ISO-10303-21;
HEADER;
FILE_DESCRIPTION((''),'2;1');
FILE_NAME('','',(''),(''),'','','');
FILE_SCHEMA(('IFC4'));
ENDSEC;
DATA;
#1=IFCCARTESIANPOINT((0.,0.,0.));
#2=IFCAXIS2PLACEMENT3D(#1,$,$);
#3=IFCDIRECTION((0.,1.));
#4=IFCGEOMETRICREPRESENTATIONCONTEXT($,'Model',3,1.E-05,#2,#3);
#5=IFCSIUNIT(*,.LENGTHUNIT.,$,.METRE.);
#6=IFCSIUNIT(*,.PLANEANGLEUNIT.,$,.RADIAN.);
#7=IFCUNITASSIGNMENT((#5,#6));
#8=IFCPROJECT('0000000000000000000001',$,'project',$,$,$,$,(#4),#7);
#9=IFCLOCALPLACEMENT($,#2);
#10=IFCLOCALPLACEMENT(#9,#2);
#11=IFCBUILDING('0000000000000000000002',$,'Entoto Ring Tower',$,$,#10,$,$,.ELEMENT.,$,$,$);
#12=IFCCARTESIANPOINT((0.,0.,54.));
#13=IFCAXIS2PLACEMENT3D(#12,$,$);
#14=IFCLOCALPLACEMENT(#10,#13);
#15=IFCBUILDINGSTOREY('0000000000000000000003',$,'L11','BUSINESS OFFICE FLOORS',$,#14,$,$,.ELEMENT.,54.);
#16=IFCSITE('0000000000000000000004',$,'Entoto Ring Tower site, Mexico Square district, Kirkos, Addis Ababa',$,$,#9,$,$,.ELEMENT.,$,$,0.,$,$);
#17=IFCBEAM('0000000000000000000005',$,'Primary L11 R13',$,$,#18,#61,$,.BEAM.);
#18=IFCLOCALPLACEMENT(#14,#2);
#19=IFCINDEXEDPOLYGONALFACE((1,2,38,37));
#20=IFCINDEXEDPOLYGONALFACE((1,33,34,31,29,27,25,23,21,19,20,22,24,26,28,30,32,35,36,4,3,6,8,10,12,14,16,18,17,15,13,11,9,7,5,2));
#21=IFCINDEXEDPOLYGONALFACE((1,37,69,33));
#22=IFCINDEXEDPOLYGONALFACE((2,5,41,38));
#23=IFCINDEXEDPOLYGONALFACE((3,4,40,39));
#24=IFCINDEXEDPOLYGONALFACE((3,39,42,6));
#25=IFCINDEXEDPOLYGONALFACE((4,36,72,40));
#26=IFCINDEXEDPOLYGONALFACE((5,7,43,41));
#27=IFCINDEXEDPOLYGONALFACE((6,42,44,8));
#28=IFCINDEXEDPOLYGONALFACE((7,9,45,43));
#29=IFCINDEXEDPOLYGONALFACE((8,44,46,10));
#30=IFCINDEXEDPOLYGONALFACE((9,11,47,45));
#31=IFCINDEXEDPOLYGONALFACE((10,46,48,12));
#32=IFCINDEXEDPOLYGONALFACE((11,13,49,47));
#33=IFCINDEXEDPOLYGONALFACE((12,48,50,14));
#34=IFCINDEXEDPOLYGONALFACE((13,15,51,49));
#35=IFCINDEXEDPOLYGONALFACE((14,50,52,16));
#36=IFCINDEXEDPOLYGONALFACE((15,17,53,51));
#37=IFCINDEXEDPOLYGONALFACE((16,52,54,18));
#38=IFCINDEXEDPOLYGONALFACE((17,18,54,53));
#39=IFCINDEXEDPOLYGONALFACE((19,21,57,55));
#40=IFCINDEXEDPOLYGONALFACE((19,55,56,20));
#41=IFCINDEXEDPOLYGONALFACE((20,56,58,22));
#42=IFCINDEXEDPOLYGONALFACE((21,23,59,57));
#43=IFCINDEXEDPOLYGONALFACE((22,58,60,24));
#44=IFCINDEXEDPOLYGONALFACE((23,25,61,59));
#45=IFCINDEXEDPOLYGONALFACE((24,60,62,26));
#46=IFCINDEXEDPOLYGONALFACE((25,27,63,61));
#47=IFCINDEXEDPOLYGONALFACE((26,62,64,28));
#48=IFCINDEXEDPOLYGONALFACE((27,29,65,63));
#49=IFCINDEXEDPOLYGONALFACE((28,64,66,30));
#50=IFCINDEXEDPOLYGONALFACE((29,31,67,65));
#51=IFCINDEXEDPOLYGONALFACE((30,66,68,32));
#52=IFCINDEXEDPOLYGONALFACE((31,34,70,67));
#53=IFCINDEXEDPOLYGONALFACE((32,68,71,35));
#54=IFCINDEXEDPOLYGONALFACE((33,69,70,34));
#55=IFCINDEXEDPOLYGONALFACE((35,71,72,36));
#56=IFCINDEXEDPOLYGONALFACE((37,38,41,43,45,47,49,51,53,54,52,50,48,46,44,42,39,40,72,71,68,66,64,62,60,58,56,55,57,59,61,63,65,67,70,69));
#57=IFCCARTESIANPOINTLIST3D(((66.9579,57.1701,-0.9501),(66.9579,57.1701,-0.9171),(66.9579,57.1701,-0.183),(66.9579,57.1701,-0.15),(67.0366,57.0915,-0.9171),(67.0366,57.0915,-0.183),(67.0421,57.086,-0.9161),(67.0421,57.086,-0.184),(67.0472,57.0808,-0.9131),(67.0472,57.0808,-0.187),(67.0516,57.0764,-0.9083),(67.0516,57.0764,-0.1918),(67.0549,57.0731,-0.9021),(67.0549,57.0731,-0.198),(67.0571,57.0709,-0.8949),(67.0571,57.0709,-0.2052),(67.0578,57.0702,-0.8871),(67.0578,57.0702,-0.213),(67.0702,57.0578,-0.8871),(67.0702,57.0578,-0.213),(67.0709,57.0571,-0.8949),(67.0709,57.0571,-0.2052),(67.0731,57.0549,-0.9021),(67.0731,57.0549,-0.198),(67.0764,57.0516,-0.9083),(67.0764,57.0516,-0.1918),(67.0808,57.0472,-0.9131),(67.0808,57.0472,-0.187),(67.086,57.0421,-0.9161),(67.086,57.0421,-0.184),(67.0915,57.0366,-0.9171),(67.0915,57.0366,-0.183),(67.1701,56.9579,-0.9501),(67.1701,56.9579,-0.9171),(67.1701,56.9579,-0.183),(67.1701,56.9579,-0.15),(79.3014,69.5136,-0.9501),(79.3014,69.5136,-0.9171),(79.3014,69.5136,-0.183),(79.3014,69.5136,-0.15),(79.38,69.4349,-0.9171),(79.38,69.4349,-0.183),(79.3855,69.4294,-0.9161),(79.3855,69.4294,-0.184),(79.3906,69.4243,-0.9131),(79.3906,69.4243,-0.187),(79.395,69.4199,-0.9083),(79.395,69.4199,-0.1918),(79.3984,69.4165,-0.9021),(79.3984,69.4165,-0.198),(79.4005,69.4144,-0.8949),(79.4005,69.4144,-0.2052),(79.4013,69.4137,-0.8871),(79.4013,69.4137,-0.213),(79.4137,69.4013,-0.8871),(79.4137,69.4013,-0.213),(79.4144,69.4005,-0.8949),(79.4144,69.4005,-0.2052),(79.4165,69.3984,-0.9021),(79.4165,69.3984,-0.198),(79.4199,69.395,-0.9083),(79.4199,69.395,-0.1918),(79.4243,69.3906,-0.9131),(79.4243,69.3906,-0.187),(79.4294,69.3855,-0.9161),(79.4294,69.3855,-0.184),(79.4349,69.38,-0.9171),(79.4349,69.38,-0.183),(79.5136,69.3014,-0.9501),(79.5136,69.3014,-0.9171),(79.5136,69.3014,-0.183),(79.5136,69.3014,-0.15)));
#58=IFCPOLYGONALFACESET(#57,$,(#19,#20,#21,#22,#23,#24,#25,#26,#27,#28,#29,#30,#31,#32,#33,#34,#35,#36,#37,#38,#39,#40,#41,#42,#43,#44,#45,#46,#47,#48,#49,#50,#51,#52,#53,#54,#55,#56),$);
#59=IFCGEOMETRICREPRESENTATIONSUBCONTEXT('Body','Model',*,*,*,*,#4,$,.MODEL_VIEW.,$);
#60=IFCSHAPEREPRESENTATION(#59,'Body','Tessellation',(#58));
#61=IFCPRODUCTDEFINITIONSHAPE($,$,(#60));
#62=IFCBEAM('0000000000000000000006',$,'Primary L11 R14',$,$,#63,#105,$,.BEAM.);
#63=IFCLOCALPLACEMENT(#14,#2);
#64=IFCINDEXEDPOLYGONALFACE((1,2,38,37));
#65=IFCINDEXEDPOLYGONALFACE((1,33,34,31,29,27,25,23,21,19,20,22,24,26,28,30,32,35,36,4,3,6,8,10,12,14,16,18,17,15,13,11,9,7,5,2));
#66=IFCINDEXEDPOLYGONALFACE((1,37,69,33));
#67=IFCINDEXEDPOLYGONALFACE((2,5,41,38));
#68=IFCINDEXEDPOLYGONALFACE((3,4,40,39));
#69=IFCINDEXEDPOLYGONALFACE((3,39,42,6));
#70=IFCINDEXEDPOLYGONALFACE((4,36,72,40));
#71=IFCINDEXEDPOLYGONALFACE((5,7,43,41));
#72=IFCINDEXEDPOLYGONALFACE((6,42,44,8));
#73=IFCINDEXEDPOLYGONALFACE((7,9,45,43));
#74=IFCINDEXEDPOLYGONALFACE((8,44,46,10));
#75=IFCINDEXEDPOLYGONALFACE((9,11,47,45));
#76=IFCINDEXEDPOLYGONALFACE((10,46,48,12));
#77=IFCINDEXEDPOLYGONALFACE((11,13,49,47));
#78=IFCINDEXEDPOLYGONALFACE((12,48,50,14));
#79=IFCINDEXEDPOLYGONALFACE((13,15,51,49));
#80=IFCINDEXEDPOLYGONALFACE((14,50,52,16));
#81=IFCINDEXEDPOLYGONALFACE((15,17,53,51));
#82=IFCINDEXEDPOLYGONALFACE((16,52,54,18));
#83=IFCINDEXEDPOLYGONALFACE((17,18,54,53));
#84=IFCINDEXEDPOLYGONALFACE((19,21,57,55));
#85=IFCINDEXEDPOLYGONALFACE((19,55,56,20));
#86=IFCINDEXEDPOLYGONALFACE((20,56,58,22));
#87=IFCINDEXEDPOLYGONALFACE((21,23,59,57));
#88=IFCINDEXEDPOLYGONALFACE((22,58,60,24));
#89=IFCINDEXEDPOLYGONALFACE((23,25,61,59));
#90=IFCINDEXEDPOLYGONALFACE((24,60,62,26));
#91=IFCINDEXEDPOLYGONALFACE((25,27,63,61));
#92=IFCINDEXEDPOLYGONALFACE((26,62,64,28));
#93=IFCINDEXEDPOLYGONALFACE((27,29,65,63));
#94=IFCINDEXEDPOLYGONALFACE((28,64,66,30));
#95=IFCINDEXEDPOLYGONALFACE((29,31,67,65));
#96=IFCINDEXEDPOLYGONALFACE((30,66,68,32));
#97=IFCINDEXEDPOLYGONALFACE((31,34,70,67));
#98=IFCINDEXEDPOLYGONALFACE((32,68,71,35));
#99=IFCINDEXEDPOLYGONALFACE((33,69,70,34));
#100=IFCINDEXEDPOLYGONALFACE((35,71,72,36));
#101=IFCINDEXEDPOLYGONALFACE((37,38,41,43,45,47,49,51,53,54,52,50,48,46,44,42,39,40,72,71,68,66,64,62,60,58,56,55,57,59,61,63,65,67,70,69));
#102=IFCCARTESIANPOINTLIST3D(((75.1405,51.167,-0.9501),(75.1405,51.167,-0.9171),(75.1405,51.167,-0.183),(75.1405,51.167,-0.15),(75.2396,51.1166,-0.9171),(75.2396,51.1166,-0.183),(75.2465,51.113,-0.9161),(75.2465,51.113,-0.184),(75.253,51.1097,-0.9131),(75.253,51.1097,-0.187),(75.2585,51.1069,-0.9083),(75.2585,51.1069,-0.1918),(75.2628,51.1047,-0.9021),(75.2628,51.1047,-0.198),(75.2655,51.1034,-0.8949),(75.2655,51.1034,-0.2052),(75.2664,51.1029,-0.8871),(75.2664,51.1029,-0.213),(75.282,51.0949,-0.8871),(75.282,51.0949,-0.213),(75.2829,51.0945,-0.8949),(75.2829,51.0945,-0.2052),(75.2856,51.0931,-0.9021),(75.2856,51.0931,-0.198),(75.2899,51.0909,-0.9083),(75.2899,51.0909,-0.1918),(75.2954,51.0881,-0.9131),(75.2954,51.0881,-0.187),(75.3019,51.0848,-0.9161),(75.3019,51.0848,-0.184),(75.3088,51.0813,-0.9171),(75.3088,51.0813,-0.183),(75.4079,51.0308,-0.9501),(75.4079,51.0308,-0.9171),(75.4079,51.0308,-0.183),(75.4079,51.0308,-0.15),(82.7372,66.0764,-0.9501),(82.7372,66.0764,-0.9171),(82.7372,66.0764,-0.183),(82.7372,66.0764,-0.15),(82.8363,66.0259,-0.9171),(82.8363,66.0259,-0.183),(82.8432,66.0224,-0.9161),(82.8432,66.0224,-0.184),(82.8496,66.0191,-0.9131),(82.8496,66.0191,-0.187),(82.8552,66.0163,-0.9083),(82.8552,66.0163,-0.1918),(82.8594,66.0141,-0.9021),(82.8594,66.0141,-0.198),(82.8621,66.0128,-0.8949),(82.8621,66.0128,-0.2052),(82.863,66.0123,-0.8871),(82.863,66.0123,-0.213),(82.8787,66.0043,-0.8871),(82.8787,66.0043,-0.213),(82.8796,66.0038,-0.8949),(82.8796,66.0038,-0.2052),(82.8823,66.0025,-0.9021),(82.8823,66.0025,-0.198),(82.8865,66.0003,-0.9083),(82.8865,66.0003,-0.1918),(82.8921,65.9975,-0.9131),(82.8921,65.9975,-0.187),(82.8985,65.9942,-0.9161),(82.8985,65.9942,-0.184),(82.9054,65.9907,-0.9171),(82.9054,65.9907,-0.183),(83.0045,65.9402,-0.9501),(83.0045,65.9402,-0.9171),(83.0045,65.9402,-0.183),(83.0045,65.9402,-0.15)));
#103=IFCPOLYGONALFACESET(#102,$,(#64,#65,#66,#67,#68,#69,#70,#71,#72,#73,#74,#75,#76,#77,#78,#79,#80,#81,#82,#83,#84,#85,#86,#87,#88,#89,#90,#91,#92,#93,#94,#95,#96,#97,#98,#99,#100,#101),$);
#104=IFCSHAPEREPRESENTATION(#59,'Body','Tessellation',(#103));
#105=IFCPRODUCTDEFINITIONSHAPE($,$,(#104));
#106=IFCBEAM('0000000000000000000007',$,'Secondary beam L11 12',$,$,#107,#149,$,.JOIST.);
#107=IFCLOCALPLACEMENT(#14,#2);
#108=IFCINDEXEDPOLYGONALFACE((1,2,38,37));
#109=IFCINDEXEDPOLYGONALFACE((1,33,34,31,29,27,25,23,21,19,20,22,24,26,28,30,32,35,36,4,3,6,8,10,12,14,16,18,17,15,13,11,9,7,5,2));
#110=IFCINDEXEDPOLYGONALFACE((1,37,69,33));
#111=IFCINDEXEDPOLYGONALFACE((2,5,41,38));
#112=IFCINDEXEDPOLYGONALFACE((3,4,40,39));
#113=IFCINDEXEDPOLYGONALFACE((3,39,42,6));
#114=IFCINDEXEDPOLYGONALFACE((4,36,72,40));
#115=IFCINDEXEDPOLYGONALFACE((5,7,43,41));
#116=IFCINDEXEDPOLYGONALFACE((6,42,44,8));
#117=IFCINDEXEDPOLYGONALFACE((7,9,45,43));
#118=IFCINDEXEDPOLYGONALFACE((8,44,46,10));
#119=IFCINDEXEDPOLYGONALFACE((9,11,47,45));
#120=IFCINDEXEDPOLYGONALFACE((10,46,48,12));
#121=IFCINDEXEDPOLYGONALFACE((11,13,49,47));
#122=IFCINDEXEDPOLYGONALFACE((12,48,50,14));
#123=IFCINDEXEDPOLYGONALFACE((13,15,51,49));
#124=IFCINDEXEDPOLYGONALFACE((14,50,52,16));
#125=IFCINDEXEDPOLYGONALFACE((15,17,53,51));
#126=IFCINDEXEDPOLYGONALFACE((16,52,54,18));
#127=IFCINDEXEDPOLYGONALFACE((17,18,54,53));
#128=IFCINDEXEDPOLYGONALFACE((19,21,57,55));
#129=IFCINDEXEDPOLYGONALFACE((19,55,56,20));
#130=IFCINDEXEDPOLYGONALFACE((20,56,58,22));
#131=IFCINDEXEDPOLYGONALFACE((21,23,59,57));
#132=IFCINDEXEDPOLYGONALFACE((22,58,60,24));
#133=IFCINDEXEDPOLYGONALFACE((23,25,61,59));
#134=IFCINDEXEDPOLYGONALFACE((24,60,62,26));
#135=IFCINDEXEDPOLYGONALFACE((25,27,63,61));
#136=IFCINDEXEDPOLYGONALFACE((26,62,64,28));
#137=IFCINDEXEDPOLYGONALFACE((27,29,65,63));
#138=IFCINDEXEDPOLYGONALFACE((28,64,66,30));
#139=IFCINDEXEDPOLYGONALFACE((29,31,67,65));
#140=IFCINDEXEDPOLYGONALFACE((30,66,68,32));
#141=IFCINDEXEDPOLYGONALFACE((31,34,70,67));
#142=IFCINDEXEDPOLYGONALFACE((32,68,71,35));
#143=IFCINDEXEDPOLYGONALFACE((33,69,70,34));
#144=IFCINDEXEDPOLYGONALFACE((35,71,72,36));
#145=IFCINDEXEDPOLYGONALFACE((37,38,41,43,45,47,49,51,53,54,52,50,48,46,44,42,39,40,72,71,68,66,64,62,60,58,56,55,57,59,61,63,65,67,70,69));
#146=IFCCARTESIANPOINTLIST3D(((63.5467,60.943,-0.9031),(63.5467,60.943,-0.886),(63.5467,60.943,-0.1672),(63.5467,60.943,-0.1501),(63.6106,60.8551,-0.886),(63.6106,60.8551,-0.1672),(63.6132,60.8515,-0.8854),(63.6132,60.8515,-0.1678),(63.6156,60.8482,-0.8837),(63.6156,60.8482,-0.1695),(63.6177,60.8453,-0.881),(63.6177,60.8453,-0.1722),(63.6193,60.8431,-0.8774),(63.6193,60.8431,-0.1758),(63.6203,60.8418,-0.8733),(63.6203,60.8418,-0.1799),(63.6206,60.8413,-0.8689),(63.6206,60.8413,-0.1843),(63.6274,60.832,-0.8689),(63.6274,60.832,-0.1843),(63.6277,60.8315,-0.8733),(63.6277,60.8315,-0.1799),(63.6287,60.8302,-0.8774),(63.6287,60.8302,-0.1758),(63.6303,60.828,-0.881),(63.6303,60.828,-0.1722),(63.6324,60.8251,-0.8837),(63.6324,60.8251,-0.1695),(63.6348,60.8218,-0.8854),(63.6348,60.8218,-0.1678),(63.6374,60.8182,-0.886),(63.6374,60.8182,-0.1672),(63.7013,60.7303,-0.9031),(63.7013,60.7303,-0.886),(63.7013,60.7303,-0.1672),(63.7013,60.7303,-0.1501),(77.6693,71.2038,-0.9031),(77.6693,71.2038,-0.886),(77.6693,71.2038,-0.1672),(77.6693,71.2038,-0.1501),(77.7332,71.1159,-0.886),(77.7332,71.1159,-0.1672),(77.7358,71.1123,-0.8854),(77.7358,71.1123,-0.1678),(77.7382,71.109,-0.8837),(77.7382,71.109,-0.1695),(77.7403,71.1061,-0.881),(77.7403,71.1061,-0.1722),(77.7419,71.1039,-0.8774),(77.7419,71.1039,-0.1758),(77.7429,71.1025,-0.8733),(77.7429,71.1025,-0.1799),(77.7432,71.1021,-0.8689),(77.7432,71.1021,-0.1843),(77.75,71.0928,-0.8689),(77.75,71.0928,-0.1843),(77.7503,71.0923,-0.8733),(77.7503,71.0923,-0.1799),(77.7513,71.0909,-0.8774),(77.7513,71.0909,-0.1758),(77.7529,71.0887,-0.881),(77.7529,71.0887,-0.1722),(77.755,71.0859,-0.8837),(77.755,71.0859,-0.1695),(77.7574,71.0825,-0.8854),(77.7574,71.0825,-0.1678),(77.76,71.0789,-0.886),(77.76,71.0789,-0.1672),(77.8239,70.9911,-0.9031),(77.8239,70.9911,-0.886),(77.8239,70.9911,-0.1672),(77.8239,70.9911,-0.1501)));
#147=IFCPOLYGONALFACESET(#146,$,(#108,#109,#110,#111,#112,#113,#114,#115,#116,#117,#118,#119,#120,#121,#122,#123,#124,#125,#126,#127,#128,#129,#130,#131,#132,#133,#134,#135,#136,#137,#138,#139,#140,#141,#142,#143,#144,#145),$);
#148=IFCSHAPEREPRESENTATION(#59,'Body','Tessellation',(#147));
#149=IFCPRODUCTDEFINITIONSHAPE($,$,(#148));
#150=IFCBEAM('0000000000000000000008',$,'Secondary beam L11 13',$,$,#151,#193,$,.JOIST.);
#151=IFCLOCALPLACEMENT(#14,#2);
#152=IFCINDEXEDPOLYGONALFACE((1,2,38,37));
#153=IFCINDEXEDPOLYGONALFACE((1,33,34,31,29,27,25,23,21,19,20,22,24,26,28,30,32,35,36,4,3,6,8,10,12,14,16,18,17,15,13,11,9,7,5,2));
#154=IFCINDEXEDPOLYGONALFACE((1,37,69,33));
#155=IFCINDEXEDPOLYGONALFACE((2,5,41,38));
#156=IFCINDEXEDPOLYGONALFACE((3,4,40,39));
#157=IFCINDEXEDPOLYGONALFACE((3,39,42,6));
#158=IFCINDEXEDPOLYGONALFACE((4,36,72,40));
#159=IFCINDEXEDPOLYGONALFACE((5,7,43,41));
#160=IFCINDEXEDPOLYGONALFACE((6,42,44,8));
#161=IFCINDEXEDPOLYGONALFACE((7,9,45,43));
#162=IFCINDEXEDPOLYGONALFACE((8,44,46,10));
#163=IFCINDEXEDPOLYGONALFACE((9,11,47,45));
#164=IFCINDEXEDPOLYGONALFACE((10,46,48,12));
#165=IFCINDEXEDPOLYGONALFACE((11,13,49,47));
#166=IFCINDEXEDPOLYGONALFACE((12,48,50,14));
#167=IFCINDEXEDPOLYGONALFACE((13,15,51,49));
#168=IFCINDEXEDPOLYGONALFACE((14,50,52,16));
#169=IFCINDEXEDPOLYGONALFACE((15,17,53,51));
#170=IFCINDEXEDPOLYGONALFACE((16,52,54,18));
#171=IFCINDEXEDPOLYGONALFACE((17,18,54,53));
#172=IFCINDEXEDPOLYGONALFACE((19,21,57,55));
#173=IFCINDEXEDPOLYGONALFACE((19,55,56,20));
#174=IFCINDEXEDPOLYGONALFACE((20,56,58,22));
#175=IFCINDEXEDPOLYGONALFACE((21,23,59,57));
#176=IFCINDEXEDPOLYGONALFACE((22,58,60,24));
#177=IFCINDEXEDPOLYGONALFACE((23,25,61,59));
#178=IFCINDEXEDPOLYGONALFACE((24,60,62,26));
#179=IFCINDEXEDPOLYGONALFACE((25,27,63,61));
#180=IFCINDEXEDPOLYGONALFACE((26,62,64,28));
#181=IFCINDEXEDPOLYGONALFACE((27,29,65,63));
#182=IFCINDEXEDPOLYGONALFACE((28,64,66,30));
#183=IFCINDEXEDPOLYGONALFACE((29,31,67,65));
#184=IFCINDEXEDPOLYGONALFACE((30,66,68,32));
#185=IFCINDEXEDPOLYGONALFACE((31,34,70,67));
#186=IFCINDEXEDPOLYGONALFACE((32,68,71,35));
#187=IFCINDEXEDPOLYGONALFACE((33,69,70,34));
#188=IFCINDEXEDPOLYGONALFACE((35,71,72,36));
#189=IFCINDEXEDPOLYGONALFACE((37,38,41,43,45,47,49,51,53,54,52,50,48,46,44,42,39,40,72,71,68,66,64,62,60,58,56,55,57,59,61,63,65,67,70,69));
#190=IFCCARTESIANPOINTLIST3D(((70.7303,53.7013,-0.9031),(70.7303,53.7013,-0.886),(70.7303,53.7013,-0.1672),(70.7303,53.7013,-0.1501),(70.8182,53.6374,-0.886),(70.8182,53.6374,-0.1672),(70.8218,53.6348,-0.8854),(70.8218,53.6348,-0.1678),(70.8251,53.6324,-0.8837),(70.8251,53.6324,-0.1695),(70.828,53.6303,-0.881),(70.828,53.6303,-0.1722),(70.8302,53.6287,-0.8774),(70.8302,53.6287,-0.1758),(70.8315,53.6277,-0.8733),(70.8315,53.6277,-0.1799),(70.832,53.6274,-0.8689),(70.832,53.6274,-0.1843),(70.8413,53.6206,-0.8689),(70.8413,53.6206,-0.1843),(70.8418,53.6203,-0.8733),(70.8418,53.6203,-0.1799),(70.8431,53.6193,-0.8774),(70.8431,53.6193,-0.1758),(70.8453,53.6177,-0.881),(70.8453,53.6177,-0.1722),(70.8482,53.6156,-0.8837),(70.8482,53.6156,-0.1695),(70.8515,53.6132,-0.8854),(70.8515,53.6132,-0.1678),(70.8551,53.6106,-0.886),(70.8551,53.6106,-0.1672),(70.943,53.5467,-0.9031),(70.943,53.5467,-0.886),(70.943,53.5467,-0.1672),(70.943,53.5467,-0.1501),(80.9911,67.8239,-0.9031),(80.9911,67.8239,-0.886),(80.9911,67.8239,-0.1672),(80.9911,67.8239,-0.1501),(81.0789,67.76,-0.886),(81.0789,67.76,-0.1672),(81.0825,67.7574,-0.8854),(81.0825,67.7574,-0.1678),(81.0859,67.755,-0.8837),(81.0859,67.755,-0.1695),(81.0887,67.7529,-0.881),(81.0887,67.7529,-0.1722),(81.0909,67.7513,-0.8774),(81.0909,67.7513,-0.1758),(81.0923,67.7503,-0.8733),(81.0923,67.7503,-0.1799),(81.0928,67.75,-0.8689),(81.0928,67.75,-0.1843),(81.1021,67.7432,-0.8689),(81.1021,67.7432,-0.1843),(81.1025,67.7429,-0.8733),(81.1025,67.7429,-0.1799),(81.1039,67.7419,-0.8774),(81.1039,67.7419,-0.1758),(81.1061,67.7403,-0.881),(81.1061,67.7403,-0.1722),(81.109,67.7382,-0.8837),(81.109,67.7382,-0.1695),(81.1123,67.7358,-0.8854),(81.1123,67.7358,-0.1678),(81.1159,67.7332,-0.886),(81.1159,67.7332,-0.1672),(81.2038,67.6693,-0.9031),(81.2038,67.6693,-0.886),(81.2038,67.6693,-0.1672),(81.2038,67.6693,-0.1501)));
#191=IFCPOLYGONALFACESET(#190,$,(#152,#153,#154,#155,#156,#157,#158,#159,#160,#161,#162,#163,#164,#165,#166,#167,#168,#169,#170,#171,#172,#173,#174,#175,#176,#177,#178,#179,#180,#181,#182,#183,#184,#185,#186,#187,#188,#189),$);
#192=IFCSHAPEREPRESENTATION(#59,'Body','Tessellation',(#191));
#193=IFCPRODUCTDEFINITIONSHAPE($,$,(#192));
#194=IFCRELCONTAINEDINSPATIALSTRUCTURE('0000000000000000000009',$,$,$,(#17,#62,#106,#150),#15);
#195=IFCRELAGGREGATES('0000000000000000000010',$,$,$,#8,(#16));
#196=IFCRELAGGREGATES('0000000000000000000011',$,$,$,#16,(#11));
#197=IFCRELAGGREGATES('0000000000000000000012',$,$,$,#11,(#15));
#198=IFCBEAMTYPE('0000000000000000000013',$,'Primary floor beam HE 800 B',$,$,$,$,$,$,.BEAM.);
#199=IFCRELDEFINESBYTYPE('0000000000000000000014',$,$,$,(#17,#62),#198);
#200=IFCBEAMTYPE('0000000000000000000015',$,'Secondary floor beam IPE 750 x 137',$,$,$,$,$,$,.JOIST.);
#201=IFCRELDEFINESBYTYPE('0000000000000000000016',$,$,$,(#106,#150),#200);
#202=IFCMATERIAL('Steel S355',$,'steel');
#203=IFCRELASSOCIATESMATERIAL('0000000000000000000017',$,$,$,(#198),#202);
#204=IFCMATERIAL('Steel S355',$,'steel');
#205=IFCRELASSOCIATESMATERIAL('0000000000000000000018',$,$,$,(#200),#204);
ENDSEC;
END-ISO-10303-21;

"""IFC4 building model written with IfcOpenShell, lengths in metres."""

from ifc_helpers import new_model, si_unit, direction, frame, origin, origin_2d, place, context, subcontext, project, spatial, i_section, extrude, material, material_profile, profile_set, type_object, element, save


model = new_model("IFC4")

# Units and contexts
model_context = context("Model", 3, precision=1e-05, world=origin(), true_north=direction((0.0, 1.0)))
body_context = subcontext(model_context, "Body", "Model", "MODEL_VIEW")
ifc_project = project(units=[si_unit("LENGTHUNIT", "METRE"), si_unit("PLANEANGLEUNIT", "RADIAN")], contexts=[model_context])

# Site, building, storey
site_placement = place(None, origin())
site = spatial("IfcSite", under=ifc_project, at=site_placement, Name="Entoto Ring Tower site, Mexico Square district, Kirkos, Addis Ababa", CompositionType="ELEMENT", RefElevation=0.0)
building_placement = place(site_placement, origin())
building = spatial("IfcBuilding", under=site, at=building_placement, Name="Entoto Ring Tower", CompositionType="ELEMENT")
storey_placement = place(building_placement, frame((0.0, 0.0, 54.0)))
storey = spatial("IfcBuildingStorey", under=building, at=storey_placement, Name="L11", Description="BUSINESS OFFICE FLOORS", CompositionType="ELEMENT", Elevation=54.0)

# Beams
ifc_material_1 = material(Name="Steel S355", Category="steel")
ifc_material_profile_1 = material_profile(ifc_material_1, i_section(OverallWidth=0.3, OverallDepth=0.8, WebThickness=0.0176, FlangeThickness=0.033, FilletRadius=0.03, at=origin_2d()), Name="HE 800 B")
ifc_profile_set_1 = profile_set([ifc_material_profile_1], Name="Steel S355")
beam_type_1 = type_object("IfcBeamType", Name="Primary floor beam HE 800 B", PredefinedType="BEAM", material=ifc_profile_set_1)
beam_1_placement = place(storey_placement, frame((79.4075, 69.4075, -0.55), z_axis=(-0.707107, -0.707107, 0.0), x_axis=(0.707107, -0.707107, 0.0)))
element("IfcBeam", 1, at=beam_1_placement, inside=storey, type_object=beam_type_1, Name="Primary L11 R13", PredefinedType="BEAM", context=body_context, shape_type="SweptSolid", body=[
    extrude(i_section(OverallWidth=0.3, OverallDepth=0.8, WebThickness=0.0176, FlangeThickness=0.033, FilletRadius=0.03, at=origin_2d()), origin(), (0.0, 0.0, 1.0), 17.4563),
])
beam_2_placement = place(storey_placement, frame((82.8708, 66.0083, -0.55), z_axis=(-0.453988, -0.891008, 0.0), x_axis=(0.891008, -0.453988, 0.0)))
element("IfcBeam", 2, at=beam_2_placement, inside=storey, type_object=beam_type_1, Name="Primary L11 R14", PredefinedType="BEAM", context=body_context, shape_type="SweptSolid", body=[
    extrude(i_section(OverallWidth=0.3, OverallDepth=0.8, WebThickness=0.0176, FlangeThickness=0.033, FilletRadius=0.03, at=origin_2d()), origin(), (0.0, 0.0, 1.0), 16.7332),
])
ifc_material_2 = material(Name="Steel S355", Category="steel")
ifc_material_profile_2 = material_profile(ifc_material_2, i_section(OverallWidth=0.2629, OverallDepth=0.7529, WebThickness=0.0115, FlangeThickness=0.0171, FilletRadius=0.0171, at=origin_2d()), Name="IPE 750 x 137")
ifc_profile_set_2 = profile_set([ifc_material_profile_2], Name="Steel S355")
beam_type_2 = type_object("IfcBeamType", Name="Secondary floor beam IPE 750 x 137", PredefinedType="JOIST", material=ifc_profile_set_2)
for number, where, z_axis, x_axis, name in (
    (3, (77.7466, 71.0974, -0.5266), (-0.809014, -0.587789, 0.0), (0.587789, -0.809014, 0.0), "Secondary beam L11 12"),
    (4, (81.0974, 67.7466, -0.5266), (-0.587789, -0.809014, 0.0), (0.809014, -0.587789, 0.0), "Secondary beam L11 13"),
):
    element("IfcBeam", number, at=place(storey_placement, frame(where, z_axis=z_axis, x_axis=x_axis)), inside=storey, type_object=beam_type_2, Name=name, PredefinedType="JOIST", context=body_context, shape_type="SweptSolid", body=[
        extrude(i_section(OverallWidth=0.2629, OverallDepth=0.7529, WebThickness=0.0115, FlangeThickness=0.0171, FilletRadius=0.0171, at=origin_2d()), origin(), (0.0, 0.0, 1.0), 17.4565),
    ])

save(model, "model.ifc")
